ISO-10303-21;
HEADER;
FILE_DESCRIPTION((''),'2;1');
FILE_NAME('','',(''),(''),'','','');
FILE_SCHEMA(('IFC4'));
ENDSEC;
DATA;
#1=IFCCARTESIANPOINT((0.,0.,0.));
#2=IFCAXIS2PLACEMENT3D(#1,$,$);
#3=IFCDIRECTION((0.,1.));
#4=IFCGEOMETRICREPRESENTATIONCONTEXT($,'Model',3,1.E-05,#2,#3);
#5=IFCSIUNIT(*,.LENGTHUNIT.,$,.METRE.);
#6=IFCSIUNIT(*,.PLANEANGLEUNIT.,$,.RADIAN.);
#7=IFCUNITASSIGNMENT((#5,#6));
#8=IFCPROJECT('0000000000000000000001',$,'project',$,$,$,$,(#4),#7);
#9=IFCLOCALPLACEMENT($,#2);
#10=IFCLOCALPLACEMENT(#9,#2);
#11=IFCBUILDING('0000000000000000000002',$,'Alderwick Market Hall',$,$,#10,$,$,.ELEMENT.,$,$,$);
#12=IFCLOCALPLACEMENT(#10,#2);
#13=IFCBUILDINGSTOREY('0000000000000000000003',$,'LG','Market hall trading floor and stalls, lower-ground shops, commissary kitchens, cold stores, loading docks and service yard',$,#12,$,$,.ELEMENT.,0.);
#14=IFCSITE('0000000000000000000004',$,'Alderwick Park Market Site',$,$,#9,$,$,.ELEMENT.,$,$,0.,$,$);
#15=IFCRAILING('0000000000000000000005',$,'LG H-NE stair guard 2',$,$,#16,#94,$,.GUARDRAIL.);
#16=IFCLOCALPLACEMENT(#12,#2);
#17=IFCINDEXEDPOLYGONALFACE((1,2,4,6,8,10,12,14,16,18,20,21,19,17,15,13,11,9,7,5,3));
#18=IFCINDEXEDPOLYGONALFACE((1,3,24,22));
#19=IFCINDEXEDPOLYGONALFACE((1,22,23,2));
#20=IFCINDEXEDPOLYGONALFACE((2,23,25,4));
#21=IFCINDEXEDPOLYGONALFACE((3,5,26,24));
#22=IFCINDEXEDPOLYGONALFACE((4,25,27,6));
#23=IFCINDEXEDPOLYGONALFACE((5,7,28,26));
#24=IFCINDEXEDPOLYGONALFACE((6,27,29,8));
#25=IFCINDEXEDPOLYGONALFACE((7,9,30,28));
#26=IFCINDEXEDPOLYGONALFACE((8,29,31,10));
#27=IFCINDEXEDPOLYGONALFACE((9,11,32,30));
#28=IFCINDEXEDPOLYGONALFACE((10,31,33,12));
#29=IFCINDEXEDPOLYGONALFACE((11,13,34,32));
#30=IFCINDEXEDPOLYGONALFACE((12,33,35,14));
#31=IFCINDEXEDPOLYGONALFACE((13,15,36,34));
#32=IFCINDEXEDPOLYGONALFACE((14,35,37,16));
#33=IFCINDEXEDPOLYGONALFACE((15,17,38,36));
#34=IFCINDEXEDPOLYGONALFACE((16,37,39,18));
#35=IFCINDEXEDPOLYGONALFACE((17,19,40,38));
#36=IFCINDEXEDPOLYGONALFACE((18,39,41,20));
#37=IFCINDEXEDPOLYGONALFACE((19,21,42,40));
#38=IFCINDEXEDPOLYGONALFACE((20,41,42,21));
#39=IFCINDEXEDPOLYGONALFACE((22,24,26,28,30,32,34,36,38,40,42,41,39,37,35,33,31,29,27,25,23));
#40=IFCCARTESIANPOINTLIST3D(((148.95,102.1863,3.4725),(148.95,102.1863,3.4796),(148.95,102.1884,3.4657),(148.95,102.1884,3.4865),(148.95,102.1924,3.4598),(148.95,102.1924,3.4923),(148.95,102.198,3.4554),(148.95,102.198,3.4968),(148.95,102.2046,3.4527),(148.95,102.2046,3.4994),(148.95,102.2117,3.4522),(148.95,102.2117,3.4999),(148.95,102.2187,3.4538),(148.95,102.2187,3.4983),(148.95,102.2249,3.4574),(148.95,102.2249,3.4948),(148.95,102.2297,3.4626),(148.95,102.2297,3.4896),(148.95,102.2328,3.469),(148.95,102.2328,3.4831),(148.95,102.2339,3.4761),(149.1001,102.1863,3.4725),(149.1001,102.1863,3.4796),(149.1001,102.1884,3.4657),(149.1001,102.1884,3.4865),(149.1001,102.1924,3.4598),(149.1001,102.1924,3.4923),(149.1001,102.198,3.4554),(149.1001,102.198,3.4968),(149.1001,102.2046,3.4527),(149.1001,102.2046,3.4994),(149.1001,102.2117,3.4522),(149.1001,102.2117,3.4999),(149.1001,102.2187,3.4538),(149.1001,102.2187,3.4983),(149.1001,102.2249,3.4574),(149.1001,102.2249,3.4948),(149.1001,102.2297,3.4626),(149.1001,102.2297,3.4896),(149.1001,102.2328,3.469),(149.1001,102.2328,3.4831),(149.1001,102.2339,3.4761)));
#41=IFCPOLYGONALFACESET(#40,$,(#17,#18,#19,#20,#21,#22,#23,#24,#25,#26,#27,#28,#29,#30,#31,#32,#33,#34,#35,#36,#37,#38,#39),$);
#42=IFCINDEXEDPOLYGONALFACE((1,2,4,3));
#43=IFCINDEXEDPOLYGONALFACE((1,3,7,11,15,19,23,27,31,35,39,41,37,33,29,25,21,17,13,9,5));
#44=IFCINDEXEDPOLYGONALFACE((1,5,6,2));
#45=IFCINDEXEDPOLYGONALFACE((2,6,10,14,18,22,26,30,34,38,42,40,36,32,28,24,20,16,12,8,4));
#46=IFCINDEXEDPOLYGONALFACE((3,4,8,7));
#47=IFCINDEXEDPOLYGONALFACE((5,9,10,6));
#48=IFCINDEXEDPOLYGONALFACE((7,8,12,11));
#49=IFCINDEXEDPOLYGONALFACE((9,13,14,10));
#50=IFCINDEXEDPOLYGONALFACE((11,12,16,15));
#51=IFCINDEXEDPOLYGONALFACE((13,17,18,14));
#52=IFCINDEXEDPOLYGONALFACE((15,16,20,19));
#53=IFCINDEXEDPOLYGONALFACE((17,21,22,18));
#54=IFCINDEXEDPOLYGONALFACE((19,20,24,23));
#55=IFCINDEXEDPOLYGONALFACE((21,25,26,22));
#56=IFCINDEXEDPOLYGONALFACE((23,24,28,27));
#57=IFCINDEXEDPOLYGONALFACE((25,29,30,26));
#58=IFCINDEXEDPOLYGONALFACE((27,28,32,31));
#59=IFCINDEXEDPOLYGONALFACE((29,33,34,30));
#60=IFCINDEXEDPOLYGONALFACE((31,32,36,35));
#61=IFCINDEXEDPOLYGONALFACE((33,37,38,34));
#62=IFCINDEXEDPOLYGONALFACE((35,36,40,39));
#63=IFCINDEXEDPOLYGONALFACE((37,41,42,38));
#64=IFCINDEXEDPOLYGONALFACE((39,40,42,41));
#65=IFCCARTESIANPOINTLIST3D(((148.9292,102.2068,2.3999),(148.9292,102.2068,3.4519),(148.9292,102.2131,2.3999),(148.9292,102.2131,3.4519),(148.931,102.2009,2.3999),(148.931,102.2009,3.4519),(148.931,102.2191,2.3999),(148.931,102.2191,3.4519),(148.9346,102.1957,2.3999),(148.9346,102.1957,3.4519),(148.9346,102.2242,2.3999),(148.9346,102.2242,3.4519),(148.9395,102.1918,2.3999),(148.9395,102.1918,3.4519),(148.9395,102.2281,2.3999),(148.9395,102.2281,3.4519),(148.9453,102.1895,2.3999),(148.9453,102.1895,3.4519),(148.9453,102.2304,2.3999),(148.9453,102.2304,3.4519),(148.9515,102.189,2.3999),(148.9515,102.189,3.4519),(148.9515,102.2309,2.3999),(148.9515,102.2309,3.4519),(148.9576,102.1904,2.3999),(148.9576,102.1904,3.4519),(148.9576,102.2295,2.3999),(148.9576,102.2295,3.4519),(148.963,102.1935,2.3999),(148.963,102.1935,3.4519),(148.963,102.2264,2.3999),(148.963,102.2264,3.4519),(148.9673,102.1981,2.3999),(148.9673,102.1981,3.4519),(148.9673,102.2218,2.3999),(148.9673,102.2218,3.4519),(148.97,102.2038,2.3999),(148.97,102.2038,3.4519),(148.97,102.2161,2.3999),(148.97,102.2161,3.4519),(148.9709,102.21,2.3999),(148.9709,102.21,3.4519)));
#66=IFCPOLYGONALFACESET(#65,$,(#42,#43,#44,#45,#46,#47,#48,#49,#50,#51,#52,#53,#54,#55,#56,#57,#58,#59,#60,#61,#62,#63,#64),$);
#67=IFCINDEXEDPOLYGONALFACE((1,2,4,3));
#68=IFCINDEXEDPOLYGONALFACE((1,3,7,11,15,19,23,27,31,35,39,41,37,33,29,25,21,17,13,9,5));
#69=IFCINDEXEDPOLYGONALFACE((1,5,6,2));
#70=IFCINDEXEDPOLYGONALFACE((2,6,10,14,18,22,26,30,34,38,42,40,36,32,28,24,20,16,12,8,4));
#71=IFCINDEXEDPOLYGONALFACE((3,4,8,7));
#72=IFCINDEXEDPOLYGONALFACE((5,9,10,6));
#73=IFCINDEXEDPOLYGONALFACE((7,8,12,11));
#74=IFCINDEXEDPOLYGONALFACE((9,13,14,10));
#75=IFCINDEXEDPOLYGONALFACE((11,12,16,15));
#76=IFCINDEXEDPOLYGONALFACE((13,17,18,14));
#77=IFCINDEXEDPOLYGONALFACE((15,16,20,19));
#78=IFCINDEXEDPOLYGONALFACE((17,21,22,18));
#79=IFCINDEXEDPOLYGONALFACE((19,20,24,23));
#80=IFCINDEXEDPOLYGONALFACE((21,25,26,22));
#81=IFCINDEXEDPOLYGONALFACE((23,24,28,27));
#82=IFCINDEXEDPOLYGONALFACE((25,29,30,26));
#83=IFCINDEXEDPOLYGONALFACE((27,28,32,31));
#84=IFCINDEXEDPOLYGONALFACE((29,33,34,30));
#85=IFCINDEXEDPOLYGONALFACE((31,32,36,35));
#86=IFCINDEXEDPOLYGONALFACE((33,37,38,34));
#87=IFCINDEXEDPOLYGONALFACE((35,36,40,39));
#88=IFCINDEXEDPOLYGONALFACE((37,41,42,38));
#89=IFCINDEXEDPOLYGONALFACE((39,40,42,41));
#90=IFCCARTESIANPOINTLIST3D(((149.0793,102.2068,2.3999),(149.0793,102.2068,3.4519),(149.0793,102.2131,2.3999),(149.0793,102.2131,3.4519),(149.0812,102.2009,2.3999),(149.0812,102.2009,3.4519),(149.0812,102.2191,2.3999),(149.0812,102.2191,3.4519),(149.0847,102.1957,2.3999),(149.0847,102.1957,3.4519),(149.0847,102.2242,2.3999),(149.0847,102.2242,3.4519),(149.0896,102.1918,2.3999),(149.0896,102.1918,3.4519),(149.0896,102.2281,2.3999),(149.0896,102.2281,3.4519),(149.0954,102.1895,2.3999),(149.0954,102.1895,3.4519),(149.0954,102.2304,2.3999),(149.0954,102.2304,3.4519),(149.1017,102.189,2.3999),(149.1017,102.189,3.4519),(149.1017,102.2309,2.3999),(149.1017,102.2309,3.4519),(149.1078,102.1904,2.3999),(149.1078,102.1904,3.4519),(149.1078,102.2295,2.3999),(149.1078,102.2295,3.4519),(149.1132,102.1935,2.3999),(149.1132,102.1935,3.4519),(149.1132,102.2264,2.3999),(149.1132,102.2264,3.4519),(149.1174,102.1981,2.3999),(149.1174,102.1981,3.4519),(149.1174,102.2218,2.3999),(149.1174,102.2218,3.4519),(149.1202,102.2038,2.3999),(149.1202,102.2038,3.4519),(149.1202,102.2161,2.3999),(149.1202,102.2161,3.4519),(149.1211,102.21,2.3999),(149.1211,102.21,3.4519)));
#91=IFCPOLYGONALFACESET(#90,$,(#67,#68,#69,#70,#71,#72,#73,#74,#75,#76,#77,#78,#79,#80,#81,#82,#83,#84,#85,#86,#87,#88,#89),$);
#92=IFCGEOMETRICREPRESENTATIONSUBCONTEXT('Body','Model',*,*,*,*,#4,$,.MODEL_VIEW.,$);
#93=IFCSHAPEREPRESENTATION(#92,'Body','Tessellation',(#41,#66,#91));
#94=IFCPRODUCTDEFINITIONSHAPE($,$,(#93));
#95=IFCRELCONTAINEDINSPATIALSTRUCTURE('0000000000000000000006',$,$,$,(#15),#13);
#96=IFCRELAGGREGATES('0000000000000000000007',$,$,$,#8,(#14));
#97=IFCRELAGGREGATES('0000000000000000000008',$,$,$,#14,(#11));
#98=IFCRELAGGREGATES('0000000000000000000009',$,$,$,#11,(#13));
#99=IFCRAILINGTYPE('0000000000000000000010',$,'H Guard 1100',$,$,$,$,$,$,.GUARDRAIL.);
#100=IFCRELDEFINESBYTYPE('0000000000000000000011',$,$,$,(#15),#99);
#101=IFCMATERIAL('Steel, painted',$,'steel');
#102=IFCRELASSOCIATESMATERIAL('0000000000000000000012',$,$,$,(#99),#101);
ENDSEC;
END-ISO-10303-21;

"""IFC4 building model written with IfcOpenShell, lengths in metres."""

from ifc_helpers import new_model, si_unit, direction, frame, origin, origin_2d, place, context, subcontext, project, spatial, circle, extrude, material, type_object, element, save


model = new_model("IFC4")

# Units and contexts
model_context = context("Model", 3, precision=1e-05, world=origin(), true_north=direction((0.0, 1.0)))
body_context = subcontext(model_context, "Body", "Model", "MODEL_VIEW")
ifc_project = project(units=[si_unit("LENGTHUNIT", "METRE"), si_unit("PLANEANGLEUNIT", "RADIAN")], contexts=[model_context])

# Site, building, storey
site_placement = place(None, origin())
site = spatial("IfcSite", under=ifc_project, at=site_placement, Name="Alderwick Park Market Site", CompositionType="ELEMENT", RefElevation=0.0)
building_placement = place(site_placement, origin())
building = spatial("IfcBuilding", under=site, at=building_placement, Name="Alderwick Market Hall", CompositionType="ELEMENT")
storey_placement = place(building_placement, origin())
storey = spatial("IfcBuildingStorey", under=building, at=storey_placement, Name="LG", Description="Market hall trading floor and stalls, lower-ground shops, commissary kitchens, cold stores, loading docks and service yard", CompositionType="ELEMENT", Elevation=0.0)

# Railing
ifc_material_1 = material(Name="Steel, painted", Category="steel")
railing_type_1 = type_object("IfcRailingType", Name="H Guard 1100", PredefinedType="GUARDRAIL", material=ifc_material_1)
railing_1_placement = place(storey_placement, frame((148.95, 102.21, 2.3999)))
element("IfcRailing", 1, at=railing_1_placement, inside=storey, type_object=railing_type_1, Name="LG H-NE stair guard 2", PredefinedType="GUARDRAIL", context=body_context, shape_type="SweptSolid", body=[
    extrude(circle(Radius=0.0239, at=origin_2d()), frame((0.0, 0.0, 1.0762), z_axis=(1.0, 0.0, 0.0), x_axis=(0.0, 1.0, 0.0)), (0.0, 0.0, 1.0), 0.1501),
    extrude(circle(Radius=0.021, at=origin_2d()), origin(), (0.0, 0.0, 1.0), 1.052),
    extrude(circle(Radius=0.021, at=origin_2d()), frame((0.1501, 0.0, 0.0)), (0.0, 0.0, 1.0), 1.052),
])

save(model, "model.ifc")
